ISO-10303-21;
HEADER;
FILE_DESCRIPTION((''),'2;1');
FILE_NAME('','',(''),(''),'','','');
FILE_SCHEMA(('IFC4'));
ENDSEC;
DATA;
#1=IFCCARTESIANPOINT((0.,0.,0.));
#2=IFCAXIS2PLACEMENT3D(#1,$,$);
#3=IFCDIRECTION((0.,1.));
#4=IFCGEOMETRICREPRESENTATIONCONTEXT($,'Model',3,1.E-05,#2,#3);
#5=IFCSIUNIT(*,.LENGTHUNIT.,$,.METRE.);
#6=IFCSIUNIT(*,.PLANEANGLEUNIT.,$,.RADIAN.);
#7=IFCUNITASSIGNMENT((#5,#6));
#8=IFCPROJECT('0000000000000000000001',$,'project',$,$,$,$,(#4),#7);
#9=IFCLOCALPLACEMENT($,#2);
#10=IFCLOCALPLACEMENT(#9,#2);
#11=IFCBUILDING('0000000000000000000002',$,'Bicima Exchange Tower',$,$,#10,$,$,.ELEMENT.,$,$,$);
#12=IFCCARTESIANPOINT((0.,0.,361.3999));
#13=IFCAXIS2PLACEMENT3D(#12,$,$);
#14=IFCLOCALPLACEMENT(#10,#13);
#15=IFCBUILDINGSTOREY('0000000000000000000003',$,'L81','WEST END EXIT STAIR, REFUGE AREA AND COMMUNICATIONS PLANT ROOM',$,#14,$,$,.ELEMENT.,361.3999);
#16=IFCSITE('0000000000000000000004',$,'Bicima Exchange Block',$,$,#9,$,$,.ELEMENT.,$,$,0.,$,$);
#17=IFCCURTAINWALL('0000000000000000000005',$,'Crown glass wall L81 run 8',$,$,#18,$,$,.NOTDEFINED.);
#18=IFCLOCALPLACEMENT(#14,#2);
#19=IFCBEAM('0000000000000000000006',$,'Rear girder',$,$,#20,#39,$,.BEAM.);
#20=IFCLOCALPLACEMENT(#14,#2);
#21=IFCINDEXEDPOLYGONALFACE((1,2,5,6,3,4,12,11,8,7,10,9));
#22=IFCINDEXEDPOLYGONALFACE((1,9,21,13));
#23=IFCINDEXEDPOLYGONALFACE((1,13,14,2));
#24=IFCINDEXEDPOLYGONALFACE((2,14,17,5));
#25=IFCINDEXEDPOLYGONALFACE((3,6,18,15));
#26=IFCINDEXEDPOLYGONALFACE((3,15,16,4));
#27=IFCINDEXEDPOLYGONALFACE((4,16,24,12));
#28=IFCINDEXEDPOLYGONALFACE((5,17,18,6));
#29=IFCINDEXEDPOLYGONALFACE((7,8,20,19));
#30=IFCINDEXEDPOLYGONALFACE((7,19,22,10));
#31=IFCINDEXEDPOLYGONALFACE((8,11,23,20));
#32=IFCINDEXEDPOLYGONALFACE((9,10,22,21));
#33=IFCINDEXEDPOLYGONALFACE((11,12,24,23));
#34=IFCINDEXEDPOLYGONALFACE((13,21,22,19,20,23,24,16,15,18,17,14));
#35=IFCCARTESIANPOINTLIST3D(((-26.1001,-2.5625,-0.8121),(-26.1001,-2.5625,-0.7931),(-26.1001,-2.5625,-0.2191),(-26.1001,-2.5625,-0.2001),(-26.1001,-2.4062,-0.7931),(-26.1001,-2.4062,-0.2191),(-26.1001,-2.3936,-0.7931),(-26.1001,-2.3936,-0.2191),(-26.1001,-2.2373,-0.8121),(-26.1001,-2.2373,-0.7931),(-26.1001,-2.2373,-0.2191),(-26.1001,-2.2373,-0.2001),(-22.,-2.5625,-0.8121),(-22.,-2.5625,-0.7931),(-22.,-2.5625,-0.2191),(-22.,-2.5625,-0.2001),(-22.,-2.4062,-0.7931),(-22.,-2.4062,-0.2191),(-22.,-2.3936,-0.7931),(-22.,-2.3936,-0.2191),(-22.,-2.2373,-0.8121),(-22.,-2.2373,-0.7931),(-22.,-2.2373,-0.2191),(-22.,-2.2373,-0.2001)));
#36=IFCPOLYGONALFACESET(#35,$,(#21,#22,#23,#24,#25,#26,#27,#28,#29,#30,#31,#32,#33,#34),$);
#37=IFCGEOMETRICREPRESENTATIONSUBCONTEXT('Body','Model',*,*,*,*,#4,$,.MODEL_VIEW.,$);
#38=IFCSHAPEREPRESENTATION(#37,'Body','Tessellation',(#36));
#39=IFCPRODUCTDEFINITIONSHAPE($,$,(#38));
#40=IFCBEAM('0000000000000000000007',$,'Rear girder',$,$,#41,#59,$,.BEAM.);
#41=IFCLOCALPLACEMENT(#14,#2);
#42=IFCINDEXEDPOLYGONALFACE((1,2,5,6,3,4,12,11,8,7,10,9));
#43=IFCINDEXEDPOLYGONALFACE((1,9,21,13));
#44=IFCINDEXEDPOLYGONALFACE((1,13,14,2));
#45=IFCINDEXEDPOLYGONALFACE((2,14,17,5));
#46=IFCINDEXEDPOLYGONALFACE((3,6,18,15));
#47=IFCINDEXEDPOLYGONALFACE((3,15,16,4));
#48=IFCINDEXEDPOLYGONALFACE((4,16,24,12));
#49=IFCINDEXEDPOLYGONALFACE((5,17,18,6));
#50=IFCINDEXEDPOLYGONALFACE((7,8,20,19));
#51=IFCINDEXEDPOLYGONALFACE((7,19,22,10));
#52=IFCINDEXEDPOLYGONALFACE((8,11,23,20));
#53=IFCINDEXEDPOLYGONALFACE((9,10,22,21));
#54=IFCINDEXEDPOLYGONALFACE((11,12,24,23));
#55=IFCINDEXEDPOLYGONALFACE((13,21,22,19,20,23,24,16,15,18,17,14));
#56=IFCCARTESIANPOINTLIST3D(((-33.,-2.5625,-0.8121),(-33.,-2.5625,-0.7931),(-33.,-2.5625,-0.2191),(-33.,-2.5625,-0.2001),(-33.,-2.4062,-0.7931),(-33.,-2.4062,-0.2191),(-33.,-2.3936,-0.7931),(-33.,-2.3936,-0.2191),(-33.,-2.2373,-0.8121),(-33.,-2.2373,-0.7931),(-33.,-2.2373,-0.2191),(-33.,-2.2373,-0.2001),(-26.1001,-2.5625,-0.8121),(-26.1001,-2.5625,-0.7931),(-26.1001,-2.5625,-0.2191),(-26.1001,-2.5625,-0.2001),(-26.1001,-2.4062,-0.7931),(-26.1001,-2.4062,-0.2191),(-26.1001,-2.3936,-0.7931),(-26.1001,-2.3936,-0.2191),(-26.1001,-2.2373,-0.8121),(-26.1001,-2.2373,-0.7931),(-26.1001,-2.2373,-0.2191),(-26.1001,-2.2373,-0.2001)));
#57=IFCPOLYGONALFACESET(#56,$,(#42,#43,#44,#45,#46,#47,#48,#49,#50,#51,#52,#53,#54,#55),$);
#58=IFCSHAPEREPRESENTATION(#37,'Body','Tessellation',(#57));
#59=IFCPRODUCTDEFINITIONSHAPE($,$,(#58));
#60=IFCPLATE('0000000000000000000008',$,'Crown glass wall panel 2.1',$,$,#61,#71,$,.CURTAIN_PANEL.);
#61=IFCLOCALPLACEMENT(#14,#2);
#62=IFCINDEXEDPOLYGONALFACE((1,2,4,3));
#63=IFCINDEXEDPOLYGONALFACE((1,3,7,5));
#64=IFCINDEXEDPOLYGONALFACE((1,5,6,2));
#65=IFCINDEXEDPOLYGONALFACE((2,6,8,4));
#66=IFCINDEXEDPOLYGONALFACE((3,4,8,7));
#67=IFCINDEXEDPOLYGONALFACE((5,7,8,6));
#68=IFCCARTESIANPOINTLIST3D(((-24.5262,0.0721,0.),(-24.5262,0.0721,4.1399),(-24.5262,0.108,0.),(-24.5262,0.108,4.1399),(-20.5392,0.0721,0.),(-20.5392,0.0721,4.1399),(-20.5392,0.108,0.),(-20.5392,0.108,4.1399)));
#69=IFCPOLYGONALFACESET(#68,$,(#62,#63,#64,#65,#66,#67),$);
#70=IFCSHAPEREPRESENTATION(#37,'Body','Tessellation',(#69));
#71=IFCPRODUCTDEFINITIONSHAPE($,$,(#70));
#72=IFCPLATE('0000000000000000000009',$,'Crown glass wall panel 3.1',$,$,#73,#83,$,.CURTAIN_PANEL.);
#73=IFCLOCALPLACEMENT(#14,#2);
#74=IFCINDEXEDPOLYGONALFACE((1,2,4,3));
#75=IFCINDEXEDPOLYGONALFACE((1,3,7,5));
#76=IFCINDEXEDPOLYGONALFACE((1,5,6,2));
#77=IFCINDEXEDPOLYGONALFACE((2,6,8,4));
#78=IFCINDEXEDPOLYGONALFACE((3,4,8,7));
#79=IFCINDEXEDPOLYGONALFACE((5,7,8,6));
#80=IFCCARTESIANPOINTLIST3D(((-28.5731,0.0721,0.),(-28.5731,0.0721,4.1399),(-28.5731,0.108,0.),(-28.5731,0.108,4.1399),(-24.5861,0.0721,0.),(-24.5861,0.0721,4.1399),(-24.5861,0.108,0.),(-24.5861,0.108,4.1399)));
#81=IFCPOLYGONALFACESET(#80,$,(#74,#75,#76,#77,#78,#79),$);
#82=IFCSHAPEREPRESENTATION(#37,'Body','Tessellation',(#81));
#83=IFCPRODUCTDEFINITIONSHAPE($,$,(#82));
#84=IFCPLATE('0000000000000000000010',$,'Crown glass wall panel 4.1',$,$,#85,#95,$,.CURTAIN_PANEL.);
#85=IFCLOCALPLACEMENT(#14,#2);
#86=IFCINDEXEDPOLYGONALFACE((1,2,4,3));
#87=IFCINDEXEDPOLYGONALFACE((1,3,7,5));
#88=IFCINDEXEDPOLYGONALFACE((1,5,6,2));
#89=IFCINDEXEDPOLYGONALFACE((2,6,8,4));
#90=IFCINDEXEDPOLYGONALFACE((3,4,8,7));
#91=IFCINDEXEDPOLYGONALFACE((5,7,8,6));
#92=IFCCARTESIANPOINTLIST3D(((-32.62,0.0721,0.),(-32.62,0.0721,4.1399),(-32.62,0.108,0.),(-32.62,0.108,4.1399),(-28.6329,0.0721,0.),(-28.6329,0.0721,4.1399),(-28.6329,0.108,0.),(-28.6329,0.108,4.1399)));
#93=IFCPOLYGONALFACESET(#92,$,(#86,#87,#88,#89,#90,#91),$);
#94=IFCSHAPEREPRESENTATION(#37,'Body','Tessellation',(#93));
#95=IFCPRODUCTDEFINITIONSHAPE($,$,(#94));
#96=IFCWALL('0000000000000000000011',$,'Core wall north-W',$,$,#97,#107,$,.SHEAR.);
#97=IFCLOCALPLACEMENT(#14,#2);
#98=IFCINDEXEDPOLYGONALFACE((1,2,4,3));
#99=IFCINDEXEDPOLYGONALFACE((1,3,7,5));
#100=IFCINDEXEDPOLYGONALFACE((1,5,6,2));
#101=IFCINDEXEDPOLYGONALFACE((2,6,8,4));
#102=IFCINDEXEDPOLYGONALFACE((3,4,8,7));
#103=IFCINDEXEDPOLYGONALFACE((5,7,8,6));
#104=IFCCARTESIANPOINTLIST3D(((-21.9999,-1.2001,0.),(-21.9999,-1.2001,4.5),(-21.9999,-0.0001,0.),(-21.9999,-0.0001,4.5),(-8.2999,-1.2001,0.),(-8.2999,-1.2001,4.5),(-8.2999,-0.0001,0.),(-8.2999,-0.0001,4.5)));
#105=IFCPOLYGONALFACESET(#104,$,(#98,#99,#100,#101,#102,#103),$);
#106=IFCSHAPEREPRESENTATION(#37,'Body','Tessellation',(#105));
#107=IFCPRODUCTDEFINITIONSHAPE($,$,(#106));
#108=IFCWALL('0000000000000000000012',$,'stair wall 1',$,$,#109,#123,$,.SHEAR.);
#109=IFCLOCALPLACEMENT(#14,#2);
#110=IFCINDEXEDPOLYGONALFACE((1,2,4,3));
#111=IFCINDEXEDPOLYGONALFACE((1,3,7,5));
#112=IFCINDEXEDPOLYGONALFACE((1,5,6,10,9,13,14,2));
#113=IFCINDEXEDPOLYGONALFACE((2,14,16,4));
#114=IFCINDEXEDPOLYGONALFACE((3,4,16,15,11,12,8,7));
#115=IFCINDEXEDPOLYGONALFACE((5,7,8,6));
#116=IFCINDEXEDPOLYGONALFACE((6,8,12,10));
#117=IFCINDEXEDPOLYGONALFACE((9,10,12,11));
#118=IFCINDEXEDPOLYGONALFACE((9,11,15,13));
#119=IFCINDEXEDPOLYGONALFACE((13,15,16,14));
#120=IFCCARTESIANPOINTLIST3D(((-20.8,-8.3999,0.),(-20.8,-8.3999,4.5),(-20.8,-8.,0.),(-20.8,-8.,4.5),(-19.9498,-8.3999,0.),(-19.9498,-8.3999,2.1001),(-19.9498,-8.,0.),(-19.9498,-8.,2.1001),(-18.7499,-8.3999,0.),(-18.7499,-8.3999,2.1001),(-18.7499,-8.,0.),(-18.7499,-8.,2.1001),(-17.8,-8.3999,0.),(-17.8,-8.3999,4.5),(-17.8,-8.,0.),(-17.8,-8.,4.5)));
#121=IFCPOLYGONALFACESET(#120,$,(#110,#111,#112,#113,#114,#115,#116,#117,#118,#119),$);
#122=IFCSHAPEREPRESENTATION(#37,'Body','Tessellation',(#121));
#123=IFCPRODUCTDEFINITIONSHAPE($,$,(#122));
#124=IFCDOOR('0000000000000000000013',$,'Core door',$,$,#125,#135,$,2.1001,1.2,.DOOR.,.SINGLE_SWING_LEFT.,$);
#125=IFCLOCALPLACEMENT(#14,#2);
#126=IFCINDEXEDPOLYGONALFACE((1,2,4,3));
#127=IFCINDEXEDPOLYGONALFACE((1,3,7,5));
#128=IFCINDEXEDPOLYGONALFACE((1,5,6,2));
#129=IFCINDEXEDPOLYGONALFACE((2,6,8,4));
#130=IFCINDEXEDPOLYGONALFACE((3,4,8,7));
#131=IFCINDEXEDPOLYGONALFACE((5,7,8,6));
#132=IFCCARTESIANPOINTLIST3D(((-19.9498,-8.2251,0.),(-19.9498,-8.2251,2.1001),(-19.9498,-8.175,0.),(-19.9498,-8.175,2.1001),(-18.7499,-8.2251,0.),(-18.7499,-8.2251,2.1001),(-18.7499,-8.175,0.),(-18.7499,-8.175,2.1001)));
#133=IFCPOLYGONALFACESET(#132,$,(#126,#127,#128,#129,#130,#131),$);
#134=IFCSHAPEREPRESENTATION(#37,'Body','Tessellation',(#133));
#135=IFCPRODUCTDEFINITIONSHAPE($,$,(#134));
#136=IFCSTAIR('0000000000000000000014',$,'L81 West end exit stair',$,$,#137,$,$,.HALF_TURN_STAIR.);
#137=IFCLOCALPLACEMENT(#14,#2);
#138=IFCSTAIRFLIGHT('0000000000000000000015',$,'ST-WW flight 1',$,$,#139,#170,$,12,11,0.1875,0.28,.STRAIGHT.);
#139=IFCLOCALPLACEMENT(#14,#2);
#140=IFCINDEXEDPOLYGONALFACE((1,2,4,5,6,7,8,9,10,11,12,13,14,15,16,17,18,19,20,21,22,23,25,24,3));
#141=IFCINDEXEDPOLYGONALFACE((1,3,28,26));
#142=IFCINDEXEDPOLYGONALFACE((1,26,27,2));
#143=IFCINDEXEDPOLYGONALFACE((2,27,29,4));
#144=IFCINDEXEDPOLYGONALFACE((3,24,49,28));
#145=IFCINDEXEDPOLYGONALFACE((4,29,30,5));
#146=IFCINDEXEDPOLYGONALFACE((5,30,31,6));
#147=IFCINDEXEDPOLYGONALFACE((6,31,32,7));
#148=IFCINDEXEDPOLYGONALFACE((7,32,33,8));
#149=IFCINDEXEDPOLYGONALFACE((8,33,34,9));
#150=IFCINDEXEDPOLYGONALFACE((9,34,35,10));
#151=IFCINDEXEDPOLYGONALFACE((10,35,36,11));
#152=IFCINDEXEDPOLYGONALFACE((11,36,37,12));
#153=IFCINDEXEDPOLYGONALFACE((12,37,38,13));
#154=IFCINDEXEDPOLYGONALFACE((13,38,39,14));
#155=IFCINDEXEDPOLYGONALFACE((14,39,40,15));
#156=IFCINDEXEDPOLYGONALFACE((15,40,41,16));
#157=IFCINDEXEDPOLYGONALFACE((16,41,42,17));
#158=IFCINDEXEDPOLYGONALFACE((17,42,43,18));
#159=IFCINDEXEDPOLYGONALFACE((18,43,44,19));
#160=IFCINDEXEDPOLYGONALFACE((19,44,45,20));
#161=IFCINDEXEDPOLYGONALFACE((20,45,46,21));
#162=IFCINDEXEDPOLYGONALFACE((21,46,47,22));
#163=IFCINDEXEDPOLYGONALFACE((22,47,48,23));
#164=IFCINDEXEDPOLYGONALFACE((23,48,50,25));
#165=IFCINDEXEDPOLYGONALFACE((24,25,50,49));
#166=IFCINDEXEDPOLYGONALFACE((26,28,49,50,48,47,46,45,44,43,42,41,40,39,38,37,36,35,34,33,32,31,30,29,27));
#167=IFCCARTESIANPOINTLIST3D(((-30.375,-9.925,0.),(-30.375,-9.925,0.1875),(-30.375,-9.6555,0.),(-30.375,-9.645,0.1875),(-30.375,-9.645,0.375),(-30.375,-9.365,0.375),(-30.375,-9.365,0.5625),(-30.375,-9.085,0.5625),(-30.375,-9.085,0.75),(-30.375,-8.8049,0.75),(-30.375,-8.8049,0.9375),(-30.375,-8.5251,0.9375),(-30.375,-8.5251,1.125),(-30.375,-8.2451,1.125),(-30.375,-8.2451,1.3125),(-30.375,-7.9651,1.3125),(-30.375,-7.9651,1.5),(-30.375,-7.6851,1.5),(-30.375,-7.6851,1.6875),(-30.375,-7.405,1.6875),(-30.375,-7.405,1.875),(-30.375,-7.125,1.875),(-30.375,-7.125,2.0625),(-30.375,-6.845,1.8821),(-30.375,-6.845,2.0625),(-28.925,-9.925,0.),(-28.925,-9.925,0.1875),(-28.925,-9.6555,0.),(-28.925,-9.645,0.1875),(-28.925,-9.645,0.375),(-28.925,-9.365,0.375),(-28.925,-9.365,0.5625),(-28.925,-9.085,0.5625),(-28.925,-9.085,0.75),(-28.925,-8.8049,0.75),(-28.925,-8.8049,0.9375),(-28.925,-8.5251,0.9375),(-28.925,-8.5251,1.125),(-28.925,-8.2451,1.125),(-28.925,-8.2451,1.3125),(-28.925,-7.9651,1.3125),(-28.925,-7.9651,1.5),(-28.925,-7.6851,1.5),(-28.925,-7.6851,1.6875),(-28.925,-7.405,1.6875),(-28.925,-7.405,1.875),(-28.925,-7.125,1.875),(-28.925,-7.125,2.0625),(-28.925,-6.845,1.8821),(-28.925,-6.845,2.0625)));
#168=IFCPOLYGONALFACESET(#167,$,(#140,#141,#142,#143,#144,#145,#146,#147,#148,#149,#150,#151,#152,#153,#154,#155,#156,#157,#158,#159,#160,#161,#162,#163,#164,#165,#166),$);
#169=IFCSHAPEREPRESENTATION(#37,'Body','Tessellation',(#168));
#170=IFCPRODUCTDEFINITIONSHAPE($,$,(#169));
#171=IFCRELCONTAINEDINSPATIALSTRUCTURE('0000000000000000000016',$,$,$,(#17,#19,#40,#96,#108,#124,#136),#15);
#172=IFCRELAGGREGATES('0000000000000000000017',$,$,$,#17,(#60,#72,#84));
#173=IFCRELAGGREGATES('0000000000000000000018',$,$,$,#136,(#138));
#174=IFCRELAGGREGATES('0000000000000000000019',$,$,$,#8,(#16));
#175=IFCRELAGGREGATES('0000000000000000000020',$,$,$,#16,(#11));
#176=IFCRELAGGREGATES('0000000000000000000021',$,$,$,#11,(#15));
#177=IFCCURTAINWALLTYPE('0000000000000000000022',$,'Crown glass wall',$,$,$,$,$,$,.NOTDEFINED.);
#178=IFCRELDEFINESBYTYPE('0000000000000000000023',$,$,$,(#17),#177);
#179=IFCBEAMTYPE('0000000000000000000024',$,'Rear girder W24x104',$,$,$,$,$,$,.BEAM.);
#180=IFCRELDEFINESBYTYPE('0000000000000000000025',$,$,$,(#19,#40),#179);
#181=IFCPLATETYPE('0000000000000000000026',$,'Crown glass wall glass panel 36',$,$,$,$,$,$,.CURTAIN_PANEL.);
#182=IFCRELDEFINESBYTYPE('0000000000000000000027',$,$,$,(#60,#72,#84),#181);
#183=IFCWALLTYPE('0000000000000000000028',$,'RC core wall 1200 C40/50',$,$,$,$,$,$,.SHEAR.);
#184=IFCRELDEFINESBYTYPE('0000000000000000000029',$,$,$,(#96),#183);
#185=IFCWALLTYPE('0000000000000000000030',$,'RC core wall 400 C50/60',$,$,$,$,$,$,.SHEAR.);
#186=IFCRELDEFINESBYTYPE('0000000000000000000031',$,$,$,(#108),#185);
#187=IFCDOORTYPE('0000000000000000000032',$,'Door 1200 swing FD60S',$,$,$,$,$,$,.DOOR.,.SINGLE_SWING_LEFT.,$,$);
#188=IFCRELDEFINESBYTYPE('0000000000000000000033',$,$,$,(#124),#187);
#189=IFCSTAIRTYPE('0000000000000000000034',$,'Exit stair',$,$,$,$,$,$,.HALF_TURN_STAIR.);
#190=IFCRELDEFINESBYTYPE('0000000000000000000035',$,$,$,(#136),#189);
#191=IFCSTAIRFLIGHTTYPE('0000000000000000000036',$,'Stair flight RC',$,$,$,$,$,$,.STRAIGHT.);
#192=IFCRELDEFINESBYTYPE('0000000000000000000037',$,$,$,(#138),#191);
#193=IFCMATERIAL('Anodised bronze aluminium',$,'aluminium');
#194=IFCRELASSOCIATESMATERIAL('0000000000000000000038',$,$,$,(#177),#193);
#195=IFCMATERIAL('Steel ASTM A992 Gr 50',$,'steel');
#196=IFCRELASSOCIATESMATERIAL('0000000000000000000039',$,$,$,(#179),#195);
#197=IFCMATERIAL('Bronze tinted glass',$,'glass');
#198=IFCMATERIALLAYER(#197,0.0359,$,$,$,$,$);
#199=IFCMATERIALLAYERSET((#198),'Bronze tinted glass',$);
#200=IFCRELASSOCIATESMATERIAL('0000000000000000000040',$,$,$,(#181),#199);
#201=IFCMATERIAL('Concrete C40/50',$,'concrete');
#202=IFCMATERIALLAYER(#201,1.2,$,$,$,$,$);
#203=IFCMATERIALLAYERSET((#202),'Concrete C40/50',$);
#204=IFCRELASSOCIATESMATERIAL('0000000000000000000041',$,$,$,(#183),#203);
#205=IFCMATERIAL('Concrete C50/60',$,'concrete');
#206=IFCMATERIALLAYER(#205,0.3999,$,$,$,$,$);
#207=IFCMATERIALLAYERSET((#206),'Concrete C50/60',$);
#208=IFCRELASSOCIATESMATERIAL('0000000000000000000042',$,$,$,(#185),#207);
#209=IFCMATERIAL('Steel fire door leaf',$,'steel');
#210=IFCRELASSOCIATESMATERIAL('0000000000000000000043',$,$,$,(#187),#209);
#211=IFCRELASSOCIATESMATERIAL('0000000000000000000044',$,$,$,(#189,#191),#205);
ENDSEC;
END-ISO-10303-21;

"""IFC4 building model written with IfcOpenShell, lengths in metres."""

from ifc_helpers import new_model, si_unit, direction, frame, frame_2d, origin, origin_2d, place, context, subcontext, project, spatial, polyline, rectangle, i_section, outline, extrude, material, layer, layer_set, material_profile, profile_set, type_object, element, fill, aggregate, save


model = new_model("IFC4")

# Units and contexts
model_context = context("Model", 3, precision=1e-05, world=origin(), true_north=direction((0.0, 1.0)))
body_context = subcontext(model_context, "Body", "Model", "MODEL_VIEW")
ifc_project = project(units=[si_unit("LENGTHUNIT", "METRE"), si_unit("PLANEANGLEUNIT", "RADIAN")], contexts=[model_context])

# Site, building, storey
site_placement = place(None, origin())
site = spatial("IfcSite", under=ifc_project, at=site_placement, Name="Bicima Exchange Block", CompositionType="ELEMENT", RefElevation=0.0)
building_placement = place(site_placement, origin())
building = spatial("IfcBuilding", under=site, at=building_placement, Name="Bicima Exchange Tower", CompositionType="ELEMENT")
storey_placement = place(building_placement, frame((0.0, 0.0, 361.3999)))
storey = spatial("IfcBuildingStorey", under=building, at=storey_placement, Name="L81", Description="WEST END EXIT STAIR, REFUGE AREA AND COMMUNICATIONS PLANT ROOM", CompositionType="ELEMENT", Elevation=361.3999)

# Shared definitions
ifc_material_1 = material(Name="Steel ASTM A992 Gr 50", Category="steel")

# Curtain wall
ifc_material_2 = material(Name="Anodised bronze aluminium", Category="aluminium")
curtain_wall_type = type_object("IfcCurtainWallType", Name="Crown glass wall", PredefinedType="NOTDEFINED", material=ifc_material_2)
curtain_wall_placement = place(storey_placement, origin())
curtain_wall = element("IfcCurtainWall", 1, at=curtain_wall_placement, inside=storey, type_object=curtain_wall_type, Name="Crown glass wall L81 run 8", PredefinedType="NOTDEFINED")

# Beams
ifc_material_profile_1 = material_profile(ifc_material_1, i_section(OverallWidth=0.3252, OverallDepth=0.6121, WebThickness=0.0127, FlangeThickness=0.019, at=origin_2d()))
ifc_profile_set_1 = profile_set([ifc_material_profile_1], Name="Steel ASTM A992 Gr 50")
beam_type_1 = type_object("IfcBeamType", Name="Rear girder W24x104", PredefinedType="BEAM", material=ifc_profile_set_1)
beam_1_placement = place(storey_placement, frame((-22.0, -2.3999, -0.5061), z_axis=(-1.0, 0.0, 0.0), x_axis=(0.0, -1.0, 0.0)))
element("IfcBeam", 2, at=beam_1_placement, inside=storey, type_object=beam_type_1, Name="Rear girder", PredefinedType="BEAM", context=body_context, shape_type="SweptSolid", body=[
    extrude(i_section(OverallWidth=0.3252, OverallDepth=0.6121, WebThickness=0.0127, FlangeThickness=0.019, at=origin_2d()), origin(), (0.0, 0.0, 1.0), 4.1001),
])
beam_2_placement = place(storey_placement, frame((-26.1001, -2.3999, -0.5061), z_axis=(-1.0, 0.0, 0.0), x_axis=(0.0, -1.0, 0.0)))
element("IfcBeam", 3, at=beam_2_placement, inside=storey, type_object=beam_type_1, Name="Rear girder", PredefinedType="BEAM", context=body_context, shape_type="SweptSolid", body=[
    extrude(i_section(OverallWidth=0.3252, OverallDepth=0.6121, WebThickness=0.0127, FlangeThickness=0.019, at=origin_2d()), origin(), (0.0, 0.0, 1.0), 6.8999),
])

# Plates
ifc_material_3 = material(Name="Bronze tinted glass", Category="glass")
ifc_layer_1 = layer(ifc_material_3, 0.0359)
ifc_layer_set_1 = layer_set([ifc_layer_1], Name="Bronze tinted glass")
plate_type = type_object("IfcPlateType", Name="Crown glass wall glass panel 36", PredefinedType="CURTAIN_PANEL", material=ifc_layer_set_1)
plate_1_placement = place(storey_placement, frame((-22.5327, 0.0901, 0.0), z_axis=(0.0, 0.0, 1.0), x_axis=(-1.0, 0.0, 0.0)))
plate_1 = element("IfcPlate", 4, at=plate_1_placement, type_object=plate_type, Name="Crown glass wall panel 2.1", PredefinedType="CURTAIN_PANEL", context=body_context, shape_type="SweptSolid", body=[
    extrude(rectangle(XDim=3.9871, YDim=0.0359, at=origin_2d()), origin(), (0.0, 0.0, 1.0), 4.1399),
])
plate_2_placement = place(storey_placement, frame((-26.5796, 0.0901, 0.0), z_axis=(0.0, 0.0, 1.0), x_axis=(-1.0, 0.0, 0.0)))
plate_2 = element("IfcPlate", 5, at=plate_2_placement, type_object=plate_type, Name="Crown glass wall panel 3.1", PredefinedType="CURTAIN_PANEL", context=body_context, shape_type="SweptSolid", body=[
    extrude(rectangle(XDim=3.9871, YDim=0.0359, at=origin_2d()), origin(), (0.0, 0.0, 1.0), 4.1399),
])
plate_3_placement = place(storey_placement, frame((-30.6265, 0.0901, 0.0), z_axis=(0.0, 0.0, 1.0), x_axis=(-1.0, 0.0, 0.0)))
plate_3 = element("IfcPlate", 6, at=plate_3_placement, type_object=plate_type, Name="Crown glass wall panel 4.1", PredefinedType="CURTAIN_PANEL", context=body_context, shape_type="SweptSolid", body=[
    extrude(rectangle(XDim=3.9871, YDim=0.0359, at=origin_2d()), origin(), (0.0, 0.0, 1.0), 4.1399),
])
aggregate(curtain_wall, [plate_1, plate_2, plate_3])

# Wall
ifc_material_4 = material(Name="Concrete C40/50", Category="concrete")
ifc_layer_2 = layer(ifc_material_4, 1.2)
ifc_layer_set_2 = layer_set([ifc_layer_2], Name="Concrete C40/50")
wall_type_1 = type_object("IfcWallType", Name="RC core wall 1200 C40/50", PredefinedType="SHEAR", material=ifc_layer_set_2)
wall_1_placement = place(storey_placement, frame((-22.0, -0.6001, 0.0), z_axis=(0.0, 0.0, 1.0), x_axis=(1.0, 0.0, 0.0)))
element("IfcWall", 7, at=wall_1_placement, inside=storey, type_object=wall_type_1, Name="Core wall north-W", PredefinedType="SHEAR", context=body_context, shape_type="SweptSolid", body=[
    extrude(rectangle(XDim=13.7, YDim=1.2, at=frame_2d((6.8501, 0.0))), origin(), (0.0, 0.0, 1.0), 4.5),
])

# Wall, opening, door
ifc_material_5 = material(Name="Concrete C50/60", Category="concrete")
ifc_layer_3 = layer(ifc_material_5, 0.3999)
ifc_layer_set_3 = layer_set([ifc_layer_3], Name="Concrete C50/60")
wall_type_2 = type_object("IfcWallType", Name="RC core wall 400 C50/60", PredefinedType="SHEAR", material=ifc_layer_set_3)
wall_2_placement = place(storey_placement, frame((-20.8, -8.2, 0.0), z_axis=(0.0, 0.0, 1.0), x_axis=(1.0, 0.0, 0.0)))
wall_2 = element("IfcWall", 8, at=wall_2_placement, inside=storey, type_object=wall_type_2, Name="stair wall 1", PredefinedType="SHEAR", context=body_context, shape_type="SweptSolid", body=[
    extrude(rectangle(XDim=3.0, YDim=0.3999, at=frame_2d((1.5, 0.0))), origin(), (0.0, 0.0, 1.0), 4.5),
])
opening_placement = place(wall_2_placement, frame((0.8501, 0.0, 0.0)))
opening = element("IfcOpeningElement", 9, at=opening_placement, cuts=wall_2, PredefinedType="OPENING", context=body_context, shape_type="SweptSolid", body=[
    extrude(rectangle(XDim=1.2, YDim=2.1001, at=frame_2d((0.6001, 1.05))), frame((0.0, 0.2119, 0.0), z_axis=(0.0, -1.0, 0.0), x_axis=(1.0, 0.0, 0.0)), (0.0, 0.0, 1.0), 0.4238),
])
ifc_material_6 = material(Name="Steel fire door leaf", Category="steel")
door_type = type_object("IfcDoorType", Name="Door 1200 swing FD60S", OperationType="SINGLE_SWING_LEFT", PredefinedType="DOOR", material=ifc_material_6)
door_placement = place(opening_placement, origin())
door = element("IfcDoor", 10, at=door_placement, inside=storey, type_object=door_type, Name="Core door", OperationType="SINGLE_SWING_LEFT", OverallHeight=2.1001, OverallWidth=1.2, PredefinedType="DOOR", context=body_context, shape_type="SweptSolid", body=[
    extrude(rectangle(XDim=1.2, YDim=2.1001, at=frame_2d((0.6001, 1.05))), frame((0.0, 0.0249, 0.0), z_axis=(0.0, -1.0, 0.0), x_axis=(1.0, 0.0, 0.0)), (0.0, 0.0, 1.0), 0.05),
])
fill(opening, door)

# Stair, stair flight
stair_type = type_object("IfcStairType", Name="Exit stair", PredefinedType="HALF_TURN_STAIR", material=ifc_material_5)
stair_placement = place(storey_placement, origin())
stair = element("IfcStair", 11, at=stair_placement, inside=storey, type_object=stair_type, Name="L81 West end exit stair", PredefinedType="HALF_TURN_STAIR")
stair_flight_type = type_object("IfcStairFlightType", Name="Stair flight RC", PredefinedType="STRAIGHT", material=ifc_material_5)
stair_flight_1_placement = place(storey_placement, frame((-29.6499, -9.925, 0.0), z_axis=(0.0, 0.0, 1.0), x_axis=(0.0, 1.0, 0.0)))
stair_flight_1 = element("IfcStairFlight", 12, at=stair_flight_1_placement, type_object=stair_flight_type, Name="ST-WW flight 1", NumberOfRisers=12, NumberOfTreads=11, PredefinedType="STRAIGHT", RiserHeight=0.1875, TreadLength=0.28, context=body_context, shape_type="SweptSolid", body=[
    extrude(outline(polyline([(0.0, 0.0), (0.0, 0.1875), (0.28, 0.1875), (0.28, 0.375), (0.5601, 0.375), (0.5601, 0.5625), (0.8401, 0.5625), (0.8401, 0.75), (1.1201, 0.75), (1.1201, 0.9375), (1.3999, 0.9375), (1.3999, 1.125), (1.6799, 1.125), (1.6799, 1.3125), (1.96, 1.3125), (1.96, 1.5), (2.24, 1.5), (2.24, 1.6875), (2.52, 1.6875), (2.52, 1.875), (2.8, 1.875), (2.8, 2.0625), (3.0801, 2.0625), (3.0801, 2.25), (3.0801, 1.8821), (0.2695, 0.0), (0.0, 0.0)])), frame((0.0, 0.7251, 0.0), z_axis=(0.0, -1.0, 0.0), x_axis=(1.0, 0.0, 0.0)), (0.0, 0.0, 1.0), 1.45),
])
aggregate(stair, [stair_flight_1])

save(model, "model.ifc")
